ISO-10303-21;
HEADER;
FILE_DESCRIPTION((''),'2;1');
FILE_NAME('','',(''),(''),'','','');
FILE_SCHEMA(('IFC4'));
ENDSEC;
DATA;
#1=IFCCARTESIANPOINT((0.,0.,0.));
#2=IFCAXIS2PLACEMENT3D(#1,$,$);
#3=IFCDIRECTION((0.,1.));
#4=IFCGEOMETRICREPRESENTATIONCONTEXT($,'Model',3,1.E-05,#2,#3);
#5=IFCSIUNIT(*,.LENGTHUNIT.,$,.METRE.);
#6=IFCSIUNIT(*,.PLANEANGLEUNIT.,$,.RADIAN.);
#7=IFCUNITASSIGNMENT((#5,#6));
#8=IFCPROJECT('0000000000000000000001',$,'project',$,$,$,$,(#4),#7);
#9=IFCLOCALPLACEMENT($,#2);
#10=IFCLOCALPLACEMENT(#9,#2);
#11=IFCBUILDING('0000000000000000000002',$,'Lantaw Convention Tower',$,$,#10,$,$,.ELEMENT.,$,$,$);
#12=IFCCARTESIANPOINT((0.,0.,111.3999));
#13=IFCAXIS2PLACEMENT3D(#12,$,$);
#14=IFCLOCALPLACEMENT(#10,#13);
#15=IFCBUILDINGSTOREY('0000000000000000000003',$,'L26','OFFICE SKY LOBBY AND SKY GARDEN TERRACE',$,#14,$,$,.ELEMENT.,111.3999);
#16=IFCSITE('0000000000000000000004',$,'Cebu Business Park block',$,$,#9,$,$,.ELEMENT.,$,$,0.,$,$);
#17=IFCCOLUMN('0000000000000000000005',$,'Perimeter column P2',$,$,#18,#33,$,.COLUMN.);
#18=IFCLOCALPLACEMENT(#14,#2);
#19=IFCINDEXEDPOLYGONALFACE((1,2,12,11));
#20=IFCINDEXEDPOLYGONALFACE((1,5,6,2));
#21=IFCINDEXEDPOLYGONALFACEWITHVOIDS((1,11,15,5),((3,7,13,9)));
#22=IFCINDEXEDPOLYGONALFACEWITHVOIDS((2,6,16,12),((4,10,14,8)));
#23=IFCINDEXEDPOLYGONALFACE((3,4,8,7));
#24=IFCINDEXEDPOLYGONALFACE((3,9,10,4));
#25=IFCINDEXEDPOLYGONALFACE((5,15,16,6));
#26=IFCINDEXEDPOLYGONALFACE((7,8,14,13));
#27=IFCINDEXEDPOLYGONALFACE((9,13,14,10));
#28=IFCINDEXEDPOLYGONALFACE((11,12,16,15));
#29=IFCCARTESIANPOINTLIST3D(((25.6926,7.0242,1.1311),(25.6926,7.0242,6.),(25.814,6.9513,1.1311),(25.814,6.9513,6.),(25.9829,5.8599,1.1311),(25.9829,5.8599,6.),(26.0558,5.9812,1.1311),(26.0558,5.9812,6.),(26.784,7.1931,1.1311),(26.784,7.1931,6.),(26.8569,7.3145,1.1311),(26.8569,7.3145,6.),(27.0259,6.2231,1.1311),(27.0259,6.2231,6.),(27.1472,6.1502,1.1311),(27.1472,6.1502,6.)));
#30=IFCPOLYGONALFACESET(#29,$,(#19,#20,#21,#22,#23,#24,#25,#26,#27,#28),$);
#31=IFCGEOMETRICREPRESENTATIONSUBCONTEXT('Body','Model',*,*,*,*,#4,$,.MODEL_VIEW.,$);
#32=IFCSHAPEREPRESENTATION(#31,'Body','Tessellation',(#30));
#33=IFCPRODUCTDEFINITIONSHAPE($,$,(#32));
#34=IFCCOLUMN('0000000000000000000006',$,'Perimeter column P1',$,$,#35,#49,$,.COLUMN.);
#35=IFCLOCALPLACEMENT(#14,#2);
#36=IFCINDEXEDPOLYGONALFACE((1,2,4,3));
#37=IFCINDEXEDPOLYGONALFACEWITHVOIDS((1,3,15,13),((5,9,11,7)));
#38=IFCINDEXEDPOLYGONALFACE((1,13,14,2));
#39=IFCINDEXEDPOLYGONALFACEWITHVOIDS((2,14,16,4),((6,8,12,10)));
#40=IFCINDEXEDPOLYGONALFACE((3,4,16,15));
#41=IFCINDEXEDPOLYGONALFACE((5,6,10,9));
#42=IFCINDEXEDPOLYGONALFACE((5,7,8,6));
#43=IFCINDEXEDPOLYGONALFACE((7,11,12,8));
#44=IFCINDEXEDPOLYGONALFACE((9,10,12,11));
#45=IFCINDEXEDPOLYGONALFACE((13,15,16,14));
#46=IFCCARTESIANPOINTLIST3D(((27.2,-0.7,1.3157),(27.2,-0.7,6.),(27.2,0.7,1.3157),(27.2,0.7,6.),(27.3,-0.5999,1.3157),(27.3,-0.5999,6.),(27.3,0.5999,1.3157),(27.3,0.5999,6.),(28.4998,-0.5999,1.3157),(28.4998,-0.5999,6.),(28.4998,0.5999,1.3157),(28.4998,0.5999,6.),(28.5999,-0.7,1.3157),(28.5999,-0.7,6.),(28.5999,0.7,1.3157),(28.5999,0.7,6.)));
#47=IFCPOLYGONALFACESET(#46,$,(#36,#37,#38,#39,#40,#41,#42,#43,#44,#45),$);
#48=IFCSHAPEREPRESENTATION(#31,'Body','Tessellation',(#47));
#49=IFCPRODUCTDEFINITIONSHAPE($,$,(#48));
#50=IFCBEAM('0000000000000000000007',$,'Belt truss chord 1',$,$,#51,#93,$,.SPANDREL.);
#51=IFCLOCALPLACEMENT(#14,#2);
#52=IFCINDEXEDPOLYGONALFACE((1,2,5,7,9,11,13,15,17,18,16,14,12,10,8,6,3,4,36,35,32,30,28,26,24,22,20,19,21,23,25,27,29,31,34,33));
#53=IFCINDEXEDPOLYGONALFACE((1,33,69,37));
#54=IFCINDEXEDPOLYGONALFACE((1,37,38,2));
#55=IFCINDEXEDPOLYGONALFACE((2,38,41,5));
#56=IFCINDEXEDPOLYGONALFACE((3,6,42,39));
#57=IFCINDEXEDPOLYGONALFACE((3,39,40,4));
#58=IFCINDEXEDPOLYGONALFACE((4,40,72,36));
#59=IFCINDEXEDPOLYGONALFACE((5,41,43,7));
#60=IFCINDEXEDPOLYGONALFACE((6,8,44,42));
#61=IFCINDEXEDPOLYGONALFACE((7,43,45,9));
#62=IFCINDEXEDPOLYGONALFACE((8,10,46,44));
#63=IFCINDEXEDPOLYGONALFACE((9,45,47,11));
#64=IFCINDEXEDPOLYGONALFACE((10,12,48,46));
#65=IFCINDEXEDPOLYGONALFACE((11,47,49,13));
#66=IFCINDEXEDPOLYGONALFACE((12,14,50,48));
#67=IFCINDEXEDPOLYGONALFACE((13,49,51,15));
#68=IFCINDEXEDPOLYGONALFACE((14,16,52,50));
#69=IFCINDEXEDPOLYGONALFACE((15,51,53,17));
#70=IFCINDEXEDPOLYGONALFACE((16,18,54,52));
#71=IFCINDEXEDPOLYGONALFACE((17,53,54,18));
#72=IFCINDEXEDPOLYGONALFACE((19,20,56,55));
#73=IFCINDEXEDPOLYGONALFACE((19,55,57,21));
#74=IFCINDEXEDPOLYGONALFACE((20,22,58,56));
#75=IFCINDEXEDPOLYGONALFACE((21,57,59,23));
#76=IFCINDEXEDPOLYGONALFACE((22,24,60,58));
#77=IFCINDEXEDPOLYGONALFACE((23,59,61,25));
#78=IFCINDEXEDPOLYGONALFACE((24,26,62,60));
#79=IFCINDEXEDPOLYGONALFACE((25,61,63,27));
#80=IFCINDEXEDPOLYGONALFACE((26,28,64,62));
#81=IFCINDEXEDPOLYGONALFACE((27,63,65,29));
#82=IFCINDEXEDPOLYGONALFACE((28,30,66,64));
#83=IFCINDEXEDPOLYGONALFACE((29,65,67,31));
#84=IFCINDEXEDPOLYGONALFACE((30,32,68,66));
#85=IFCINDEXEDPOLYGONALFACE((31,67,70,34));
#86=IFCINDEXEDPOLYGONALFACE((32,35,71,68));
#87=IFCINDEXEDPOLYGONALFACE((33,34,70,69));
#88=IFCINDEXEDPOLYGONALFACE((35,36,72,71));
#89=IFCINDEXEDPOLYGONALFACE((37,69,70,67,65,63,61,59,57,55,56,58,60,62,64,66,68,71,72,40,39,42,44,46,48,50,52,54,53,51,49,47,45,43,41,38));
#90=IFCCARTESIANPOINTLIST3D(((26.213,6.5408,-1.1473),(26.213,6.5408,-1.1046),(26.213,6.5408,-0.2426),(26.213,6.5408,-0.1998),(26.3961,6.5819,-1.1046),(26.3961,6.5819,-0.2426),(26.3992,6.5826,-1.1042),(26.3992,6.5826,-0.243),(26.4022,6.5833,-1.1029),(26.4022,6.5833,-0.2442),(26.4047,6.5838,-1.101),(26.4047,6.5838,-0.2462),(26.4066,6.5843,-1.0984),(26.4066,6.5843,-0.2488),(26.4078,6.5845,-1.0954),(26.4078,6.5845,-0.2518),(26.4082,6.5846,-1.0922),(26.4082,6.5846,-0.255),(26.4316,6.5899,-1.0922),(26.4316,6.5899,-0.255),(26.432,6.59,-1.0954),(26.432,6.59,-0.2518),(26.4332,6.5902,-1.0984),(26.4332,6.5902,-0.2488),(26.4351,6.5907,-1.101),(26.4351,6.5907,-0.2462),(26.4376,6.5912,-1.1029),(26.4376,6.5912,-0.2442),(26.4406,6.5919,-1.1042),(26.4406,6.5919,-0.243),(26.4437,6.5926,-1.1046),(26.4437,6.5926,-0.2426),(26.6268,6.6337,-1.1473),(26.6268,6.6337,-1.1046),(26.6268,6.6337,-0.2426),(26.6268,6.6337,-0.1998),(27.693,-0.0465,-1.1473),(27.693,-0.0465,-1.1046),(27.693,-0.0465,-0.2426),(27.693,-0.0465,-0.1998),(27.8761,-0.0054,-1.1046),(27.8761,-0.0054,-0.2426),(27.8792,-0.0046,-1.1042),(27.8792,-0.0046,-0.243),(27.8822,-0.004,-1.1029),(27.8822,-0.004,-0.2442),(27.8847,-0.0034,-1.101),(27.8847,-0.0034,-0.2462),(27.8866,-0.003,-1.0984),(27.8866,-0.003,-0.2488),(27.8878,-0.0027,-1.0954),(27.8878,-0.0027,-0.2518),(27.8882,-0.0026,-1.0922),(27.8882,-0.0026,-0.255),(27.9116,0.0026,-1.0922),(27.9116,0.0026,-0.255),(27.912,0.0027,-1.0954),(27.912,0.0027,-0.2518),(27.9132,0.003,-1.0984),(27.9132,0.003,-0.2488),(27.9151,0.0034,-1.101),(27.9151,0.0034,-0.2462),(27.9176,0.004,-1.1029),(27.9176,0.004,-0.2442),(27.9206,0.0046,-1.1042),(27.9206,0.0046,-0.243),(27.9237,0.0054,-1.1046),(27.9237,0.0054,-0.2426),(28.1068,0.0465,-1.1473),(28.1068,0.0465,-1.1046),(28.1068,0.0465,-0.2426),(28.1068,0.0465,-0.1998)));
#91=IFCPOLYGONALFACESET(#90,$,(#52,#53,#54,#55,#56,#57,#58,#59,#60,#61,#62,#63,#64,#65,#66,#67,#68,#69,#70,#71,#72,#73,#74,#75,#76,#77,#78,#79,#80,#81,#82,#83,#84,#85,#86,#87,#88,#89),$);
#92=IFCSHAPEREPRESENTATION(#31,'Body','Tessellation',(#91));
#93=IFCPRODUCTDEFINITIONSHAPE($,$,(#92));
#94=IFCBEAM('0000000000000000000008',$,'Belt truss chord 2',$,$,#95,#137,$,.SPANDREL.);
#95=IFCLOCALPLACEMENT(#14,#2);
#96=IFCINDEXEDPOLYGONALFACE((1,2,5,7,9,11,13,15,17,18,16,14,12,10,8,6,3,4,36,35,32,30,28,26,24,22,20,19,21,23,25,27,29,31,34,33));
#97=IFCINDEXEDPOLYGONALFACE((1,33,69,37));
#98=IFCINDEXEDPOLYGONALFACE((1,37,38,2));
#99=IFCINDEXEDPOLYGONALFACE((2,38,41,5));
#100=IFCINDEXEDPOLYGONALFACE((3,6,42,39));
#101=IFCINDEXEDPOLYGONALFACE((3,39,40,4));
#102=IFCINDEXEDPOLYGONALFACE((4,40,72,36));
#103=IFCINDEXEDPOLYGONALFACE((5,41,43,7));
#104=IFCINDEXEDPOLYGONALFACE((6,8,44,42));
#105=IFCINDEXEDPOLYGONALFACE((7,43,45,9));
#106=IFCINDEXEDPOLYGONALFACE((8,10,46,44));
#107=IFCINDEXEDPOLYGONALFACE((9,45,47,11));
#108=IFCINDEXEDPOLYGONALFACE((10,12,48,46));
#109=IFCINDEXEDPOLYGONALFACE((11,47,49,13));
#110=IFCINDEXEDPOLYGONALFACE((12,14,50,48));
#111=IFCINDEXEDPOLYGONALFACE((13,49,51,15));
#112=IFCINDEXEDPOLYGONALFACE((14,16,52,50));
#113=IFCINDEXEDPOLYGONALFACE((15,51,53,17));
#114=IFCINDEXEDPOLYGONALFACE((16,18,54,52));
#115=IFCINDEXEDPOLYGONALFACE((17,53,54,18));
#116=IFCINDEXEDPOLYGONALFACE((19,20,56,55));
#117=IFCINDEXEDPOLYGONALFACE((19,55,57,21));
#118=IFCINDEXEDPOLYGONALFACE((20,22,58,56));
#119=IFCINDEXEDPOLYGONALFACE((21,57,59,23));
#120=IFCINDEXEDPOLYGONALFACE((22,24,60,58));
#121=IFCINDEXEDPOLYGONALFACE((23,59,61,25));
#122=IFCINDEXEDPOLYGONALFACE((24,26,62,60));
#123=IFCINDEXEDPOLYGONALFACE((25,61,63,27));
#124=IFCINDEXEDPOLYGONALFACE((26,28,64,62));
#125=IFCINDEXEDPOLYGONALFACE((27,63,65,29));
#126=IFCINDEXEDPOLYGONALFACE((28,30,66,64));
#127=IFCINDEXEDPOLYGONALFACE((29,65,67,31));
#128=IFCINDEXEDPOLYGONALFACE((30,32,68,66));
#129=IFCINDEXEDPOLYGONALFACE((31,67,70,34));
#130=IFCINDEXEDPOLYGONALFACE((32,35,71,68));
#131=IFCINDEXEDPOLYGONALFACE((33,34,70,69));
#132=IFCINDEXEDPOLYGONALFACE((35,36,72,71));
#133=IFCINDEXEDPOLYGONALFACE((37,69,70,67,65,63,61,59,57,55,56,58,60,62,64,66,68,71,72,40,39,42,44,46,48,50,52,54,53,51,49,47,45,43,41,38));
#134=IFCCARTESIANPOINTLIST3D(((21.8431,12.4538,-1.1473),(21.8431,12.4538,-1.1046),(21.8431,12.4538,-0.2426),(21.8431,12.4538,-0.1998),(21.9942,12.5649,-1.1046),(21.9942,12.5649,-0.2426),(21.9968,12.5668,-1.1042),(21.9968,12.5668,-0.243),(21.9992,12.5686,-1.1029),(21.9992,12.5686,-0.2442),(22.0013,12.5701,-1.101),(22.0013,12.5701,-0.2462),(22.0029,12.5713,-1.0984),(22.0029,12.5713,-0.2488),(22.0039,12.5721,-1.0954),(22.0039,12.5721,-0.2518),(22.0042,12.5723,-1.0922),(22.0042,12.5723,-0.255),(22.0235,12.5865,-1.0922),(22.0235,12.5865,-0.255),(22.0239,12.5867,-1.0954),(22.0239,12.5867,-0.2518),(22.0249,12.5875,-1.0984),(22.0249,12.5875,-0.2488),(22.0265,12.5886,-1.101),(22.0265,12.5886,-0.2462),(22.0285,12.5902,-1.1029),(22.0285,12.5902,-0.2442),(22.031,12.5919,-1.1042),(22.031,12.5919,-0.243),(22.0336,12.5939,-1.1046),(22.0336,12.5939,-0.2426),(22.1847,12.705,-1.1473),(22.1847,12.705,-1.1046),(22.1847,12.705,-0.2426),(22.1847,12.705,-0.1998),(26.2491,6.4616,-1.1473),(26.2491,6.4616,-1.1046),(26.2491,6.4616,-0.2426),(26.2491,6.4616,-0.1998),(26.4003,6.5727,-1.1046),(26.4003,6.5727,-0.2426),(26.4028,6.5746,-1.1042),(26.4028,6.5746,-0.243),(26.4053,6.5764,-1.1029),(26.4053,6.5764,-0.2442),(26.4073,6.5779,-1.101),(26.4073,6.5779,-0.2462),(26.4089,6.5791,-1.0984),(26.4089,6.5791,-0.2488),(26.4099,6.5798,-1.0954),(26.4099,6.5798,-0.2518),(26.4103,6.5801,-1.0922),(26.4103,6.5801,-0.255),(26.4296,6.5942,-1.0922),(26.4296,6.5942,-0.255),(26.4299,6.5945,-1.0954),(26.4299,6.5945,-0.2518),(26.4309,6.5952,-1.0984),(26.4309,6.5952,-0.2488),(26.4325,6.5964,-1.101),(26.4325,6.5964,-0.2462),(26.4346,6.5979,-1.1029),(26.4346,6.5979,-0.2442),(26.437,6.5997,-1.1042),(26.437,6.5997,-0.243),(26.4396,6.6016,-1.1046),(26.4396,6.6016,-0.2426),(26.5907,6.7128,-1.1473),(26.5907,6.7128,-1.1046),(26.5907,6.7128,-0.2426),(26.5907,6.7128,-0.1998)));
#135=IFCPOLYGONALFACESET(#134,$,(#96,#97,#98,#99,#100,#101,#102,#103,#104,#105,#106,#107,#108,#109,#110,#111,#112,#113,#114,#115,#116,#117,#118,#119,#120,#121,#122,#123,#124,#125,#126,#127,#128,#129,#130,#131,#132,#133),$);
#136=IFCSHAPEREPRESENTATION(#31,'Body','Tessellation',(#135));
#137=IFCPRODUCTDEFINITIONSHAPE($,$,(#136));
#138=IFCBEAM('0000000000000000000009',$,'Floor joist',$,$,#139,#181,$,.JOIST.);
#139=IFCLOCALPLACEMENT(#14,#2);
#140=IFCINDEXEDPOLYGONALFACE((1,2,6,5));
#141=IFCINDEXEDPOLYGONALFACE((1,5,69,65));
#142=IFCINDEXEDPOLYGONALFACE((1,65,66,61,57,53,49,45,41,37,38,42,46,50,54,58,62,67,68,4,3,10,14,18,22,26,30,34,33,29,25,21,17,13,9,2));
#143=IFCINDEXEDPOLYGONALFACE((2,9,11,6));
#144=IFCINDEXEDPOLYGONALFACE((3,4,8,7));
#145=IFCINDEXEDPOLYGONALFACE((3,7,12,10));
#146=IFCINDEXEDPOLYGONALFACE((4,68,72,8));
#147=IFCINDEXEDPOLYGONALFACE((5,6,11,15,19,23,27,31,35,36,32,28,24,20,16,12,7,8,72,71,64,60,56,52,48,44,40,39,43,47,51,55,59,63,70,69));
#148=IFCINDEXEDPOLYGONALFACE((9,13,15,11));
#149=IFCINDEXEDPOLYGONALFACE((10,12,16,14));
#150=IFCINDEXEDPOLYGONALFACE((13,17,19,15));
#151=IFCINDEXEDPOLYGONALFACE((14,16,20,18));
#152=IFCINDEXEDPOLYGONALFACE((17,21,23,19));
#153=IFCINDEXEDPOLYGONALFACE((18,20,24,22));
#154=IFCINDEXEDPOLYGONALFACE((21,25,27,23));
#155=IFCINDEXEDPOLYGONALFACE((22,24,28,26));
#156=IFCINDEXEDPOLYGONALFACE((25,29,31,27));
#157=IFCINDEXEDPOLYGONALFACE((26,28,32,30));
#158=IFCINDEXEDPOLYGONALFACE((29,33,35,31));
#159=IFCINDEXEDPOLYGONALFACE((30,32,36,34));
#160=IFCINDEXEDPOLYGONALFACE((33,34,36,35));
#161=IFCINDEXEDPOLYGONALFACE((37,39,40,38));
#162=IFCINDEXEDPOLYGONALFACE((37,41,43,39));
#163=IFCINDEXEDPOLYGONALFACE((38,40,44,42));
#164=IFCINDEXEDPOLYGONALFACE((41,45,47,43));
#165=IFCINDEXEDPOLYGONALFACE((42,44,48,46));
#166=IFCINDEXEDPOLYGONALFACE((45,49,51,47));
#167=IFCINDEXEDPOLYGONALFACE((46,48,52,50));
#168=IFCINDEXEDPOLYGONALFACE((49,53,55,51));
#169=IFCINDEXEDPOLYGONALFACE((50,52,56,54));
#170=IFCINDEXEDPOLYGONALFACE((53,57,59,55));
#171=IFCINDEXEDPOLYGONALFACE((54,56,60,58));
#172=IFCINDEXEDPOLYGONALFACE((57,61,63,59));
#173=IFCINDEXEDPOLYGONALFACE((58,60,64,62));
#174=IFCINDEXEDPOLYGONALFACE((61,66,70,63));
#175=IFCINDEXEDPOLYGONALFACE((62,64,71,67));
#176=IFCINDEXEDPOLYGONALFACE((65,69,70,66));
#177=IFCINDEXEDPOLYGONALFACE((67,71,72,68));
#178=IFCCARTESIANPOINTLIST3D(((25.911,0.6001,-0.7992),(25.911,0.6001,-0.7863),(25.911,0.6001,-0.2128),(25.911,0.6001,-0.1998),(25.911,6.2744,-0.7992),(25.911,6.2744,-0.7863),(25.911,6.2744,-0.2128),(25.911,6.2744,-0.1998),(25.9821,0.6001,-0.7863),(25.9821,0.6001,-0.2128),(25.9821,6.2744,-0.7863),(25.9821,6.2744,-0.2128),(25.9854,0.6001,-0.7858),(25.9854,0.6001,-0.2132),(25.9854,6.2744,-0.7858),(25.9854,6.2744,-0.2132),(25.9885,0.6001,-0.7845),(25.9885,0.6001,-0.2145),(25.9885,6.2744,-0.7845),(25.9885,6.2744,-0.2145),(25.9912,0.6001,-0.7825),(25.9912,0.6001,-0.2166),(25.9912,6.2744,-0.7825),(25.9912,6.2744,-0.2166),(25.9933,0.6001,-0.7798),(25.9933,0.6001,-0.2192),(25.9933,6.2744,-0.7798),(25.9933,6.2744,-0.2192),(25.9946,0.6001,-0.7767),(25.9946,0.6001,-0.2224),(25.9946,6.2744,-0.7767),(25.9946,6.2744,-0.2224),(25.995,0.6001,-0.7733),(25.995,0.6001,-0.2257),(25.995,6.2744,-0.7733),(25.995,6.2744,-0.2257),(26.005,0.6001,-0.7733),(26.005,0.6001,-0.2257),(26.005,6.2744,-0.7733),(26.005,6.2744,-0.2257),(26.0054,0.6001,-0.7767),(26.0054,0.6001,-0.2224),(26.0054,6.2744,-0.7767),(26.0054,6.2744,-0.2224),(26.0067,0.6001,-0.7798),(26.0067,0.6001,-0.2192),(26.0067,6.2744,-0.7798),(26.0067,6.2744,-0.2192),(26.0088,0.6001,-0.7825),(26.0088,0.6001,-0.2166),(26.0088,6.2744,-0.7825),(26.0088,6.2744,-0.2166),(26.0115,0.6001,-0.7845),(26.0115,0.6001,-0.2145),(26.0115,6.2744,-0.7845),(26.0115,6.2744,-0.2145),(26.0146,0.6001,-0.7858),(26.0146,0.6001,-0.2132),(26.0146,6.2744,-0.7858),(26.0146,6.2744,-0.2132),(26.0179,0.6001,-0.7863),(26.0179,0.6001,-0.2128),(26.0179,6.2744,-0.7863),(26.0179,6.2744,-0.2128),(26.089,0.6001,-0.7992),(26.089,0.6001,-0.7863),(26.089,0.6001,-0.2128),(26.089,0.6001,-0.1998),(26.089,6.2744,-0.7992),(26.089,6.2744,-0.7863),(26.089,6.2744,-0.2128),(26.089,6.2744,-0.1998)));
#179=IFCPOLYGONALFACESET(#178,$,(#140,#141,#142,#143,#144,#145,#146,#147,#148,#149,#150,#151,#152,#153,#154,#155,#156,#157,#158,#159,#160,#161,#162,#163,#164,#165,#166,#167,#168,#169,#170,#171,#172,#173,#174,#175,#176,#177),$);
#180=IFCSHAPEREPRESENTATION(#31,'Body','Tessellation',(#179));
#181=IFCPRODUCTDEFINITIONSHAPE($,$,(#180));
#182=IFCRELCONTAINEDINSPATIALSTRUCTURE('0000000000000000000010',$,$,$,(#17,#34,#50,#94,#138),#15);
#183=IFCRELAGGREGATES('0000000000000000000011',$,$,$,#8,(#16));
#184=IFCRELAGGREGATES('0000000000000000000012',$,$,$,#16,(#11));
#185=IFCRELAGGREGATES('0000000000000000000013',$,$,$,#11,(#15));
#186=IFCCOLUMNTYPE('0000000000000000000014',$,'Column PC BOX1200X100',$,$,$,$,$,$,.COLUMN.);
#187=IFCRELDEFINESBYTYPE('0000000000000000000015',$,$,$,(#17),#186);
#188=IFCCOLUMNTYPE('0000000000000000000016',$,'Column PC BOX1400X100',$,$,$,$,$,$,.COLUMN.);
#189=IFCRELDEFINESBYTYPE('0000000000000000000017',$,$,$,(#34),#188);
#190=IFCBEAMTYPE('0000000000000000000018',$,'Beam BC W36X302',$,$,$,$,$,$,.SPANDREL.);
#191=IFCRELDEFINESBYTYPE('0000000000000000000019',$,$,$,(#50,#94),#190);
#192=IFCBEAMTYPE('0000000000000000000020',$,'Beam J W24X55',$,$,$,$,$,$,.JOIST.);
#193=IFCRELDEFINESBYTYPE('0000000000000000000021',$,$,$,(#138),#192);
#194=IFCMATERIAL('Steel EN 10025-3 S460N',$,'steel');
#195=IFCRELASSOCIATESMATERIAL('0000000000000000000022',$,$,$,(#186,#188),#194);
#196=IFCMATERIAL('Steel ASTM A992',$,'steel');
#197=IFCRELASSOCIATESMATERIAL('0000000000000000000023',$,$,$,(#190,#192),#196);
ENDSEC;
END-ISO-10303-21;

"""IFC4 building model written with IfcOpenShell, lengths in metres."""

from ifc_helpers import new_model, si_unit, direction, frame, origin, origin_2d, place, context, subcontext, project, spatial, rectangle, hollow_rectangle, i_section, extrude, material, material_profile, profile_set, type_object, element, save


model = new_model("IFC4")

# Units and contexts
model_context = context("Model", 3, precision=1e-05, world=origin(), true_north=direction((0.0, 1.0)))
body_context = subcontext(model_context, "Body", "Model", "MODEL_VIEW")
ifc_project = project(units=[si_unit("LENGTHUNIT", "METRE"), si_unit("PLANEANGLEUNIT", "RADIAN")], contexts=[model_context])

# Site, building, storey
site_placement = place(None, origin())
site = spatial("IfcSite", under=ifc_project, at=site_placement, Name="Cebu Business Park block", CompositionType="ELEMENT", RefElevation=0.0)
building_placement = place(site_placement, origin())
building = spatial("IfcBuilding", under=site, at=building_placement, Name="Lantaw Convention Tower", CompositionType="ELEMENT")
storey_placement = place(building_placement, frame((0.0, 0.0, 111.3999)))
storey = spatial("IfcBuildingStorey", under=building, at=storey_placement, Name="L26", Description="OFFICE SKY LOBBY AND SKY GARDEN TERRACE", CompositionType="ELEMENT", Elevation=111.3999)

# Columns
ifc_material_1 = material(Name="Steel EN 10025-3 S460N", Category="steel")
ifc_material_profile_1 = material_profile(ifc_material_1, hollow_rectangle(XDim=1.2, YDim=1.2, WallThickness=0.1001, at=origin_2d()), Name="BOX1200X100")
ifc_material_2 = material(Name="Concrete C60/75", Category="concrete")
ifc_material_profile_2 = material_profile(ifc_material_2, rectangle(XDim=1.0, YDim=1.0, at=origin_2d()), Name="Concrete fill of BOX1200X100")
ifc_profile_set_1 = profile_set([ifc_material_profile_1, ifc_material_profile_2], Name="Steel EN 10025-3 S460N")
column_type_1 = type_object("IfcColumnType", Name="Column PC BOX1200X100", PredefinedType="COLUMN", material=ifc_profile_set_1)
column_1_placement = place(storey_placement, frame((26.4199, 6.5872, 1.1311), z_axis=(0.0, 0.0, 1.0), x_axis=(0.970296, 0.241922, 0.0)))
element("IfcColumn", 1, at=column_1_placement, inside=storey, type_object=column_type_1, Name="Perimeter column P2", PredefinedType="COLUMN", context=body_context, shape_type="SweptSolid", body=[
    extrude(hollow_rectangle(XDim=1.2, YDim=1.2, WallThickness=0.1001, at=origin_2d()), origin(), (0.0, 0.0, 1.0), 4.8689),
])
ifc_material_profile_3 = material_profile(ifc_material_1, hollow_rectangle(XDim=1.3999, YDim=1.3999, WallThickness=0.1001, at=origin_2d()), Name="BOX1400X100")
ifc_material_profile_4 = material_profile(ifc_material_2, rectangle(XDim=1.2, YDim=1.2, at=origin_2d()), Name="Concrete fill of BOX1400X100")
ifc_profile_set_2 = profile_set([ifc_material_profile_3, ifc_material_profile_4], Name="Steel EN 10025-3 S460N")
column_type_2 = type_object("IfcColumnType", Name="Column PC BOX1400X100", PredefinedType="COLUMN", material=ifc_profile_set_2)
column_2_placement = place(storey_placement, frame((27.8999, 0.0, 1.3157), z_axis=(0.0, 0.0, 1.0), x_axis=(1.0, 0.0, 0.0)))
element("IfcColumn", 2, at=column_2_placement, inside=storey, type_object=column_type_2, Name="Perimeter column P1", PredefinedType="COLUMN", context=body_context, shape_type="SweptSolid", body=[
    extrude(hollow_rectangle(XDim=1.3999, YDim=1.3999, WallThickness=0.1001, at=origin_2d()), origin(), (0.0, 0.0, 1.0), 4.6843),
])

# Beams
ifc_material_3 = material(Name="Steel ASTM A992", Category="steel")
ifc_material_profile_5 = material_profile(ifc_material_3, i_section(OverallWidth=0.4241, OverallDepth=0.9475, WebThickness=0.0239, FlangeThickness=0.0427, FilletRadius=0.0125, at=origin_2d()), Name="W36X302")
ifc_profile_set_3 = profile_set([ifc_material_profile_5], Name="Steel ASTM A992")
beam_type_1 = type_object("IfcBeamType", Name="Beam BC W36X302", PredefinedType="SPANDREL", material=ifc_profile_set_3)
beam_1_placement = place(storey_placement, frame((27.8999, 0.0, -0.6736), z_axis=(-0.219212, 0.975677, 0.0), x_axis=(-0.975677, -0.219212, 0.0)))
element("IfcBeam", 3, at=beam_1_placement, inside=storey, type_object=beam_type_1, Name="Belt truss chord 1", PredefinedType="SPANDREL", context=body_context, shape_type="SweptSolid", body=[
    extrude(i_section(OverallWidth=0.4241, OverallDepth=0.9475, WebThickness=0.0239, FlangeThickness=0.0427, FilletRadius=0.0125, at=origin_2d()), origin(), (0.0, 0.0, 1.0), 6.7515),
])
beam_2_placement = place(storey_placement, frame((26.4199, 6.5872, -0.6736), z_axis=(-0.592389, 0.805652, 0.0), x_axis=(-0.805652, -0.592389, 0.0)))
element("IfcBeam", 4, at=beam_2_placement, inside=storey, type_object=beam_type_1, Name="Belt truss chord 2", PredefinedType="SPANDREL", context=body_context, shape_type="SweptSolid", body=[
    extrude(i_section(OverallWidth=0.4241, OverallDepth=0.9475, WebThickness=0.0239, FlangeThickness=0.0427, FilletRadius=0.0125, at=origin_2d()), origin(), (0.0, 0.0, 1.0), 7.4377),
])
ifc_material_profile_6 = material_profile(ifc_material_3, i_section(OverallWidth=0.178, OverallDepth=0.5994, WebThickness=0.01, FlangeThickness=0.0129, FilletRadius=0.0129, at=origin_2d()), Name="W24X55")
ifc_profile_set_4 = profile_set([ifc_material_profile_6], Name="Steel ASTM A992")
beam_type_2 = type_object("IfcBeamType", Name="Beam J W24X55", PredefinedType="JOIST", material=ifc_profile_set_4)
beam_3_placement = place(storey_placement, frame((26.0, 0.6001, -0.4995), z_axis=(0.0, 1.0, 0.0), x_axis=(-1.0, 0.0, 0.0)))
element("IfcBeam", 5, at=beam_3_placement, inside=storey, type_object=beam_type_2, Name="Floor joist", PredefinedType="JOIST", context=body_context, shape_type="SweptSolid", body=[
    extrude(i_section(OverallWidth=0.178, OverallDepth=0.5994, WebThickness=0.01, FlangeThickness=0.0129, FilletRadius=0.0129, at=origin_2d()), origin(), (0.0, 0.0, 1.0), 5.6743),
])

save(model, "model.ifc")
